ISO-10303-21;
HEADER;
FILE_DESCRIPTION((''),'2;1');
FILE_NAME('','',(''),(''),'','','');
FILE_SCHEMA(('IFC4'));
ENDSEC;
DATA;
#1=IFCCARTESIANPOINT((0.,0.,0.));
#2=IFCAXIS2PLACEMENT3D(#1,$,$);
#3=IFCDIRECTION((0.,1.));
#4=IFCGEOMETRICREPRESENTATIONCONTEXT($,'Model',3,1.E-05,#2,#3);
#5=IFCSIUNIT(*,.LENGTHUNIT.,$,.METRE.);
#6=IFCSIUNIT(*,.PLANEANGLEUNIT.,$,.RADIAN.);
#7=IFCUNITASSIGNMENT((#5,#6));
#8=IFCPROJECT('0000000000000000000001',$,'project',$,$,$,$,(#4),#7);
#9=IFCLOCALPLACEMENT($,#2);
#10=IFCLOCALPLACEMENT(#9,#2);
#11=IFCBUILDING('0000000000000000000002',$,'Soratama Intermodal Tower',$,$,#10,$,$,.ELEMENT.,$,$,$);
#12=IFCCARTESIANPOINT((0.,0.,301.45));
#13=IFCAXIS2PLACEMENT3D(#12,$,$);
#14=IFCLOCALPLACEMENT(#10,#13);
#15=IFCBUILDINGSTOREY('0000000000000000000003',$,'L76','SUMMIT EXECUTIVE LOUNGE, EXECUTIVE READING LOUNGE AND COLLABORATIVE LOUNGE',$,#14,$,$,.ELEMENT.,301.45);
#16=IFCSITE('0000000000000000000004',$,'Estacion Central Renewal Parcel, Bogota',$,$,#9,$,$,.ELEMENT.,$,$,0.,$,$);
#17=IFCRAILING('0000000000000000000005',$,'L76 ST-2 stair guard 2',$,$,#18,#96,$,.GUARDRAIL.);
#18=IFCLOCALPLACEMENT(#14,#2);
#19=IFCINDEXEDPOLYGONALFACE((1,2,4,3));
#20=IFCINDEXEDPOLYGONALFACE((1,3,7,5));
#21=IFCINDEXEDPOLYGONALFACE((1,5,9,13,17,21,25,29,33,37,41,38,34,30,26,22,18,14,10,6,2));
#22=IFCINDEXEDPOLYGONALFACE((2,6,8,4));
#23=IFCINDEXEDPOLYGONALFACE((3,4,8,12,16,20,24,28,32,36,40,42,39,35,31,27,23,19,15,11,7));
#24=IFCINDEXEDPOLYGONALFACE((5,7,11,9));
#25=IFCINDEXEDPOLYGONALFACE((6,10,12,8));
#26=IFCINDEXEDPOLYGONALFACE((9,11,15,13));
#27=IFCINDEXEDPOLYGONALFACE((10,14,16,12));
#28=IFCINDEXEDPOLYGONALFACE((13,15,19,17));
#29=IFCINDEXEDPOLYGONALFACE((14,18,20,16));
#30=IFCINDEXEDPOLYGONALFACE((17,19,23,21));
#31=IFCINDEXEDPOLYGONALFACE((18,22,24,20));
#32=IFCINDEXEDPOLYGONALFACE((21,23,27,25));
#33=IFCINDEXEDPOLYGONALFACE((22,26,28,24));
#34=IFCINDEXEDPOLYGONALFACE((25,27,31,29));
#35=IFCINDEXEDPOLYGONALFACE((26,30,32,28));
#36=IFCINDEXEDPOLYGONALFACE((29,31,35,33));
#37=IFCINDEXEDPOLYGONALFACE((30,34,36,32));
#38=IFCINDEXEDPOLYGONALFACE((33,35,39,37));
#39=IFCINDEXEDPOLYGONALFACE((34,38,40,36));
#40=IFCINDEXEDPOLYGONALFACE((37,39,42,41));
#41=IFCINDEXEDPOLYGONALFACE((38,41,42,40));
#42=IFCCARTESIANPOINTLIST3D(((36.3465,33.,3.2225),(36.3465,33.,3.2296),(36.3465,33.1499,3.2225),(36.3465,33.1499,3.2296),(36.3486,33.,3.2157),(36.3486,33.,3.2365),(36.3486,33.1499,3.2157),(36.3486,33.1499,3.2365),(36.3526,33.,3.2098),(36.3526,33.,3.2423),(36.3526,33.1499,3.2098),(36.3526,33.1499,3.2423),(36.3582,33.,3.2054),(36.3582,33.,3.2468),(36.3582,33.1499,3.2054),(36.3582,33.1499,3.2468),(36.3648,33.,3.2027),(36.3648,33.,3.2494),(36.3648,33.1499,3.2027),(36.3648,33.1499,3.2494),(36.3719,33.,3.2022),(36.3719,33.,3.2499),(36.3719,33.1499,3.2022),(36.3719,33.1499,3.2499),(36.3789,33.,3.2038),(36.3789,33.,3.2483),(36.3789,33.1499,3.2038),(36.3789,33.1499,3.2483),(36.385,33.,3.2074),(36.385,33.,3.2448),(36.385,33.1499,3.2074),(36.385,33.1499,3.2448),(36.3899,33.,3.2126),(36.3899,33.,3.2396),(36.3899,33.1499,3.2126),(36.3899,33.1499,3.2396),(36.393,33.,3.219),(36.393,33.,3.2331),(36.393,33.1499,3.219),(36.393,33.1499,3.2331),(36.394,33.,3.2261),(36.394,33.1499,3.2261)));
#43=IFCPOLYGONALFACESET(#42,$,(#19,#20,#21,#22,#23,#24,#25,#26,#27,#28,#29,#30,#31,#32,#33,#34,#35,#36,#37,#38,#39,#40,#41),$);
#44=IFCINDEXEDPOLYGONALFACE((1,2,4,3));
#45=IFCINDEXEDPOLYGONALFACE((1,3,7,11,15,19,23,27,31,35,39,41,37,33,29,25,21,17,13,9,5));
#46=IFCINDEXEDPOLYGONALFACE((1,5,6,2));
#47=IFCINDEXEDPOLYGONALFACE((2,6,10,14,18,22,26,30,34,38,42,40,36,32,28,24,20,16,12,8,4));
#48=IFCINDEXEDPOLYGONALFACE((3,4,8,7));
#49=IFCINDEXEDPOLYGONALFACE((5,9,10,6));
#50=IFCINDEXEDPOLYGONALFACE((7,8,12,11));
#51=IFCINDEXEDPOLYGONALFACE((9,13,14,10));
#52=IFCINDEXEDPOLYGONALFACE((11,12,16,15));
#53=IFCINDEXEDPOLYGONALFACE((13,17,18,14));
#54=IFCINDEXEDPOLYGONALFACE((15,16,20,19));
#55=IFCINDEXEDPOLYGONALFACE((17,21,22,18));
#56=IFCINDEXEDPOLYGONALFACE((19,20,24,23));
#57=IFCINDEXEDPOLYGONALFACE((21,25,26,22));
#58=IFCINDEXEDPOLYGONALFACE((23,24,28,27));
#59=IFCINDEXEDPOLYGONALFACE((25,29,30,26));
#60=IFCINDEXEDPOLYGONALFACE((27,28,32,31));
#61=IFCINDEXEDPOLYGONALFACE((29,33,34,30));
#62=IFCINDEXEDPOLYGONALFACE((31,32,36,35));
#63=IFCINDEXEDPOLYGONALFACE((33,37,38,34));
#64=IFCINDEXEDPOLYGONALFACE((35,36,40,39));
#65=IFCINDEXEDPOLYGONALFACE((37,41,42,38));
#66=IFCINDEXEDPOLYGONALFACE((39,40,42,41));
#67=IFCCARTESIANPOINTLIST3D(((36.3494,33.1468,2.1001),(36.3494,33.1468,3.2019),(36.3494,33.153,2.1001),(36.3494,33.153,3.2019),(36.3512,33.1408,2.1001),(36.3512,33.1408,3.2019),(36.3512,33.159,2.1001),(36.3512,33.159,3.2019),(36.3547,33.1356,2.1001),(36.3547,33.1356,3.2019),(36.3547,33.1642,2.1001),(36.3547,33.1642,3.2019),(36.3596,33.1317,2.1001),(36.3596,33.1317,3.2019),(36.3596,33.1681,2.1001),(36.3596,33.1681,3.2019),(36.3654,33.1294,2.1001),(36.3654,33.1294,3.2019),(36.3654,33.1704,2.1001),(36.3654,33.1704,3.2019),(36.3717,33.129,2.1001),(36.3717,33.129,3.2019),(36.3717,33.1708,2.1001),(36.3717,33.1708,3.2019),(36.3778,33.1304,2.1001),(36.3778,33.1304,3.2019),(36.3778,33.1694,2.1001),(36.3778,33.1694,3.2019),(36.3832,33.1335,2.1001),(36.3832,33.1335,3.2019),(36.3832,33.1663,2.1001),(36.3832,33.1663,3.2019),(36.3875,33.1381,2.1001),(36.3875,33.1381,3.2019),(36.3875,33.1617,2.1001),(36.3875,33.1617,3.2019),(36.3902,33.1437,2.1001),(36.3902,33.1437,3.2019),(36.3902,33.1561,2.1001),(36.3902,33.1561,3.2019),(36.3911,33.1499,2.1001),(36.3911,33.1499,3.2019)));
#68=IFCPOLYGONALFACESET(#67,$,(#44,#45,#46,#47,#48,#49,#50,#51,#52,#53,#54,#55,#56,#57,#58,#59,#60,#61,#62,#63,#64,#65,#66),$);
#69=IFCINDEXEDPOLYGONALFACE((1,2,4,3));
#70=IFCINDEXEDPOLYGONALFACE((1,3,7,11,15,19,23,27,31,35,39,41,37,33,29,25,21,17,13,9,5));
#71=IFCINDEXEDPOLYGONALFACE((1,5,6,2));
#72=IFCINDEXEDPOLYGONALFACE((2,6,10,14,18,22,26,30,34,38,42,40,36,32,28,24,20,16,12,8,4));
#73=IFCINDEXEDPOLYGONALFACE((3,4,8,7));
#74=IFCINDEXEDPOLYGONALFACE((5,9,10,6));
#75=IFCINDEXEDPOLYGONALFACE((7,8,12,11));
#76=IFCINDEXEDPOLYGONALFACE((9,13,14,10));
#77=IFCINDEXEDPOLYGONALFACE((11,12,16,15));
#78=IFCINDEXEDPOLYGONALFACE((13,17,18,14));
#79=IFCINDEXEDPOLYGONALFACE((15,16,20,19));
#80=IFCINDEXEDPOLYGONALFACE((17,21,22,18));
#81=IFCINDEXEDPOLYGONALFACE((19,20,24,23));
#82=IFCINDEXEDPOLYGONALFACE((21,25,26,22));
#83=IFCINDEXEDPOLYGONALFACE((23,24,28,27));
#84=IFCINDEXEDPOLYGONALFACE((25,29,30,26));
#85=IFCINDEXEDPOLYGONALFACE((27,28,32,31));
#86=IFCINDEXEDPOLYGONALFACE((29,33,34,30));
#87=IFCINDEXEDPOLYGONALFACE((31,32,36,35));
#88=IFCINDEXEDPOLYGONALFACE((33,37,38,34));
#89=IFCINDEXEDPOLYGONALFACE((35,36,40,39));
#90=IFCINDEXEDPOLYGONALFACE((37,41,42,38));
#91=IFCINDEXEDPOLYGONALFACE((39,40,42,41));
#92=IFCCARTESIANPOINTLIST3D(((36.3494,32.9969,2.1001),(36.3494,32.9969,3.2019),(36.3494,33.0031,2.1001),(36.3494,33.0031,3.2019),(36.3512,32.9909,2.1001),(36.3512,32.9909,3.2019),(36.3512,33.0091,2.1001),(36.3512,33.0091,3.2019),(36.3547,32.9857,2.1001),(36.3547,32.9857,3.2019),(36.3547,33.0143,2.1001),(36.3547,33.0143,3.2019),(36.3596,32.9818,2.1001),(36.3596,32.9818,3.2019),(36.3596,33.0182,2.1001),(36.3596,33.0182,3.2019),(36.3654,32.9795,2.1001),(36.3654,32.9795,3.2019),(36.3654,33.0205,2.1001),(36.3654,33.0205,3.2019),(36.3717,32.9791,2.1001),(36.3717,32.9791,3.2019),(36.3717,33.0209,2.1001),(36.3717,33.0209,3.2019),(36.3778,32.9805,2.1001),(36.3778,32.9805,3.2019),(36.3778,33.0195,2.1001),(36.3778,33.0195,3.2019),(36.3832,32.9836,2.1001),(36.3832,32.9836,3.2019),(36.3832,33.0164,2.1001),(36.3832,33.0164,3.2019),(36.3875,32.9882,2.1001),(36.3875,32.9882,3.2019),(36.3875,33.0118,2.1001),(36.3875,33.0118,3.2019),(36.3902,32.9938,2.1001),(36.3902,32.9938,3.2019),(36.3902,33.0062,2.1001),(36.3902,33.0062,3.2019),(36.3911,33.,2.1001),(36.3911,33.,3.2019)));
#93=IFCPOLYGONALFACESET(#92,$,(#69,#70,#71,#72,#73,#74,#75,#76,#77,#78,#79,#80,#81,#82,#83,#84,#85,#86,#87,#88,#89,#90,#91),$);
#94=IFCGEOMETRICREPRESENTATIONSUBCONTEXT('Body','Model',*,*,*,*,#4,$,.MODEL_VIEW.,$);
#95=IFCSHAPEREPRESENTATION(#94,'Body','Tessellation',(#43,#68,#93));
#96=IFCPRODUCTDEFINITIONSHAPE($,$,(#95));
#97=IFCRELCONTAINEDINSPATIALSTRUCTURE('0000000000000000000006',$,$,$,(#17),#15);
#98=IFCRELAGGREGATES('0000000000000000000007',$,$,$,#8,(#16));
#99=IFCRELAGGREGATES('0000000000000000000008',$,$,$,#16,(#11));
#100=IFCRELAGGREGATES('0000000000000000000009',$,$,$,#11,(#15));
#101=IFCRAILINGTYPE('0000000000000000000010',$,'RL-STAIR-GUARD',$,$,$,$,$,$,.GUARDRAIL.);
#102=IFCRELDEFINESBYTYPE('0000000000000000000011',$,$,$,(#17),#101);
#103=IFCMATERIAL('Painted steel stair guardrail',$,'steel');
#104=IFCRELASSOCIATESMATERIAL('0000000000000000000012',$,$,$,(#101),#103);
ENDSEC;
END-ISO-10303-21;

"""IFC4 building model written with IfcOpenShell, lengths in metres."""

from ifc_helpers import new_model, si_unit, direction, frame, origin, origin_2d, place, context, subcontext, project, spatial, circle, extrude, material, type_object, element, save


model = new_model("IFC4")

# Units and contexts
model_context = context("Model", 3, precision=1e-05, world=origin(), true_north=direction((0.0, 1.0)))
body_context = subcontext(model_context, "Body", "Model", "MODEL_VIEW")
ifc_project = project(units=[si_unit("LENGTHUNIT", "METRE"), si_unit("PLANEANGLEUNIT", "RADIAN")], contexts=[model_context])

# Site, building, storey
site_placement = place(None, origin())
site = spatial("IfcSite", under=ifc_project, at=site_placement, Name="Estacion Central Renewal Parcel, Bogota", CompositionType="ELEMENT", RefElevation=0.0)
building_placement = place(site_placement, origin())
building = spatial("IfcBuilding", under=site, at=building_placement, Name="Soratama Intermodal Tower", CompositionType="ELEMENT")
storey_placement = place(building_placement, frame((0.0, 0.0, 301.45)))
storey = spatial("IfcBuildingStorey", under=building, at=storey_placement, Name="L76", Description="SUMMIT EXECUTIVE LOUNGE, EXECUTIVE READING LOUNGE AND COLLABORATIVE LOUNGE", CompositionType="ELEMENT", Elevation=301.45)

# Railing
ifc_material_1 = material(Name="Painted steel stair guardrail", Category="steel")
railing_type = type_object("IfcRailingType", Name="RL-STAIR-GUARD", PredefinedType="GUARDRAIL", material=ifc_material_1)
railing_placement = place(storey_placement, frame((36.3701, 33.1499, 2.1001)))
element("IfcRailing", 1, at=railing_placement, inside=storey, type_object=railing_type, Name="L76 ST-2 stair guard 2", PredefinedType="GUARDRAIL", context=body_context, shape_type="SweptSolid", body=[
    extrude(circle(Radius=0.0239, at=origin_2d()), frame((0.0, 0.0, 1.126), z_axis=(0.0, -1.0, 0.0), x_axis=(1.0, 0.0, 0.0)), (0.0, 0.0, 1.0), 0.1499),
    extrude(circle(Radius=0.021, at=origin_2d()), origin(), (0.0, 0.0, 1.0), 1.1018),
    extrude(circle(Radius=0.021, at=origin_2d()), frame((0.0, -0.1499, 0.0)), (0.0, 0.0, 1.0), 1.1018),
])

save(model, "model.ifc")
